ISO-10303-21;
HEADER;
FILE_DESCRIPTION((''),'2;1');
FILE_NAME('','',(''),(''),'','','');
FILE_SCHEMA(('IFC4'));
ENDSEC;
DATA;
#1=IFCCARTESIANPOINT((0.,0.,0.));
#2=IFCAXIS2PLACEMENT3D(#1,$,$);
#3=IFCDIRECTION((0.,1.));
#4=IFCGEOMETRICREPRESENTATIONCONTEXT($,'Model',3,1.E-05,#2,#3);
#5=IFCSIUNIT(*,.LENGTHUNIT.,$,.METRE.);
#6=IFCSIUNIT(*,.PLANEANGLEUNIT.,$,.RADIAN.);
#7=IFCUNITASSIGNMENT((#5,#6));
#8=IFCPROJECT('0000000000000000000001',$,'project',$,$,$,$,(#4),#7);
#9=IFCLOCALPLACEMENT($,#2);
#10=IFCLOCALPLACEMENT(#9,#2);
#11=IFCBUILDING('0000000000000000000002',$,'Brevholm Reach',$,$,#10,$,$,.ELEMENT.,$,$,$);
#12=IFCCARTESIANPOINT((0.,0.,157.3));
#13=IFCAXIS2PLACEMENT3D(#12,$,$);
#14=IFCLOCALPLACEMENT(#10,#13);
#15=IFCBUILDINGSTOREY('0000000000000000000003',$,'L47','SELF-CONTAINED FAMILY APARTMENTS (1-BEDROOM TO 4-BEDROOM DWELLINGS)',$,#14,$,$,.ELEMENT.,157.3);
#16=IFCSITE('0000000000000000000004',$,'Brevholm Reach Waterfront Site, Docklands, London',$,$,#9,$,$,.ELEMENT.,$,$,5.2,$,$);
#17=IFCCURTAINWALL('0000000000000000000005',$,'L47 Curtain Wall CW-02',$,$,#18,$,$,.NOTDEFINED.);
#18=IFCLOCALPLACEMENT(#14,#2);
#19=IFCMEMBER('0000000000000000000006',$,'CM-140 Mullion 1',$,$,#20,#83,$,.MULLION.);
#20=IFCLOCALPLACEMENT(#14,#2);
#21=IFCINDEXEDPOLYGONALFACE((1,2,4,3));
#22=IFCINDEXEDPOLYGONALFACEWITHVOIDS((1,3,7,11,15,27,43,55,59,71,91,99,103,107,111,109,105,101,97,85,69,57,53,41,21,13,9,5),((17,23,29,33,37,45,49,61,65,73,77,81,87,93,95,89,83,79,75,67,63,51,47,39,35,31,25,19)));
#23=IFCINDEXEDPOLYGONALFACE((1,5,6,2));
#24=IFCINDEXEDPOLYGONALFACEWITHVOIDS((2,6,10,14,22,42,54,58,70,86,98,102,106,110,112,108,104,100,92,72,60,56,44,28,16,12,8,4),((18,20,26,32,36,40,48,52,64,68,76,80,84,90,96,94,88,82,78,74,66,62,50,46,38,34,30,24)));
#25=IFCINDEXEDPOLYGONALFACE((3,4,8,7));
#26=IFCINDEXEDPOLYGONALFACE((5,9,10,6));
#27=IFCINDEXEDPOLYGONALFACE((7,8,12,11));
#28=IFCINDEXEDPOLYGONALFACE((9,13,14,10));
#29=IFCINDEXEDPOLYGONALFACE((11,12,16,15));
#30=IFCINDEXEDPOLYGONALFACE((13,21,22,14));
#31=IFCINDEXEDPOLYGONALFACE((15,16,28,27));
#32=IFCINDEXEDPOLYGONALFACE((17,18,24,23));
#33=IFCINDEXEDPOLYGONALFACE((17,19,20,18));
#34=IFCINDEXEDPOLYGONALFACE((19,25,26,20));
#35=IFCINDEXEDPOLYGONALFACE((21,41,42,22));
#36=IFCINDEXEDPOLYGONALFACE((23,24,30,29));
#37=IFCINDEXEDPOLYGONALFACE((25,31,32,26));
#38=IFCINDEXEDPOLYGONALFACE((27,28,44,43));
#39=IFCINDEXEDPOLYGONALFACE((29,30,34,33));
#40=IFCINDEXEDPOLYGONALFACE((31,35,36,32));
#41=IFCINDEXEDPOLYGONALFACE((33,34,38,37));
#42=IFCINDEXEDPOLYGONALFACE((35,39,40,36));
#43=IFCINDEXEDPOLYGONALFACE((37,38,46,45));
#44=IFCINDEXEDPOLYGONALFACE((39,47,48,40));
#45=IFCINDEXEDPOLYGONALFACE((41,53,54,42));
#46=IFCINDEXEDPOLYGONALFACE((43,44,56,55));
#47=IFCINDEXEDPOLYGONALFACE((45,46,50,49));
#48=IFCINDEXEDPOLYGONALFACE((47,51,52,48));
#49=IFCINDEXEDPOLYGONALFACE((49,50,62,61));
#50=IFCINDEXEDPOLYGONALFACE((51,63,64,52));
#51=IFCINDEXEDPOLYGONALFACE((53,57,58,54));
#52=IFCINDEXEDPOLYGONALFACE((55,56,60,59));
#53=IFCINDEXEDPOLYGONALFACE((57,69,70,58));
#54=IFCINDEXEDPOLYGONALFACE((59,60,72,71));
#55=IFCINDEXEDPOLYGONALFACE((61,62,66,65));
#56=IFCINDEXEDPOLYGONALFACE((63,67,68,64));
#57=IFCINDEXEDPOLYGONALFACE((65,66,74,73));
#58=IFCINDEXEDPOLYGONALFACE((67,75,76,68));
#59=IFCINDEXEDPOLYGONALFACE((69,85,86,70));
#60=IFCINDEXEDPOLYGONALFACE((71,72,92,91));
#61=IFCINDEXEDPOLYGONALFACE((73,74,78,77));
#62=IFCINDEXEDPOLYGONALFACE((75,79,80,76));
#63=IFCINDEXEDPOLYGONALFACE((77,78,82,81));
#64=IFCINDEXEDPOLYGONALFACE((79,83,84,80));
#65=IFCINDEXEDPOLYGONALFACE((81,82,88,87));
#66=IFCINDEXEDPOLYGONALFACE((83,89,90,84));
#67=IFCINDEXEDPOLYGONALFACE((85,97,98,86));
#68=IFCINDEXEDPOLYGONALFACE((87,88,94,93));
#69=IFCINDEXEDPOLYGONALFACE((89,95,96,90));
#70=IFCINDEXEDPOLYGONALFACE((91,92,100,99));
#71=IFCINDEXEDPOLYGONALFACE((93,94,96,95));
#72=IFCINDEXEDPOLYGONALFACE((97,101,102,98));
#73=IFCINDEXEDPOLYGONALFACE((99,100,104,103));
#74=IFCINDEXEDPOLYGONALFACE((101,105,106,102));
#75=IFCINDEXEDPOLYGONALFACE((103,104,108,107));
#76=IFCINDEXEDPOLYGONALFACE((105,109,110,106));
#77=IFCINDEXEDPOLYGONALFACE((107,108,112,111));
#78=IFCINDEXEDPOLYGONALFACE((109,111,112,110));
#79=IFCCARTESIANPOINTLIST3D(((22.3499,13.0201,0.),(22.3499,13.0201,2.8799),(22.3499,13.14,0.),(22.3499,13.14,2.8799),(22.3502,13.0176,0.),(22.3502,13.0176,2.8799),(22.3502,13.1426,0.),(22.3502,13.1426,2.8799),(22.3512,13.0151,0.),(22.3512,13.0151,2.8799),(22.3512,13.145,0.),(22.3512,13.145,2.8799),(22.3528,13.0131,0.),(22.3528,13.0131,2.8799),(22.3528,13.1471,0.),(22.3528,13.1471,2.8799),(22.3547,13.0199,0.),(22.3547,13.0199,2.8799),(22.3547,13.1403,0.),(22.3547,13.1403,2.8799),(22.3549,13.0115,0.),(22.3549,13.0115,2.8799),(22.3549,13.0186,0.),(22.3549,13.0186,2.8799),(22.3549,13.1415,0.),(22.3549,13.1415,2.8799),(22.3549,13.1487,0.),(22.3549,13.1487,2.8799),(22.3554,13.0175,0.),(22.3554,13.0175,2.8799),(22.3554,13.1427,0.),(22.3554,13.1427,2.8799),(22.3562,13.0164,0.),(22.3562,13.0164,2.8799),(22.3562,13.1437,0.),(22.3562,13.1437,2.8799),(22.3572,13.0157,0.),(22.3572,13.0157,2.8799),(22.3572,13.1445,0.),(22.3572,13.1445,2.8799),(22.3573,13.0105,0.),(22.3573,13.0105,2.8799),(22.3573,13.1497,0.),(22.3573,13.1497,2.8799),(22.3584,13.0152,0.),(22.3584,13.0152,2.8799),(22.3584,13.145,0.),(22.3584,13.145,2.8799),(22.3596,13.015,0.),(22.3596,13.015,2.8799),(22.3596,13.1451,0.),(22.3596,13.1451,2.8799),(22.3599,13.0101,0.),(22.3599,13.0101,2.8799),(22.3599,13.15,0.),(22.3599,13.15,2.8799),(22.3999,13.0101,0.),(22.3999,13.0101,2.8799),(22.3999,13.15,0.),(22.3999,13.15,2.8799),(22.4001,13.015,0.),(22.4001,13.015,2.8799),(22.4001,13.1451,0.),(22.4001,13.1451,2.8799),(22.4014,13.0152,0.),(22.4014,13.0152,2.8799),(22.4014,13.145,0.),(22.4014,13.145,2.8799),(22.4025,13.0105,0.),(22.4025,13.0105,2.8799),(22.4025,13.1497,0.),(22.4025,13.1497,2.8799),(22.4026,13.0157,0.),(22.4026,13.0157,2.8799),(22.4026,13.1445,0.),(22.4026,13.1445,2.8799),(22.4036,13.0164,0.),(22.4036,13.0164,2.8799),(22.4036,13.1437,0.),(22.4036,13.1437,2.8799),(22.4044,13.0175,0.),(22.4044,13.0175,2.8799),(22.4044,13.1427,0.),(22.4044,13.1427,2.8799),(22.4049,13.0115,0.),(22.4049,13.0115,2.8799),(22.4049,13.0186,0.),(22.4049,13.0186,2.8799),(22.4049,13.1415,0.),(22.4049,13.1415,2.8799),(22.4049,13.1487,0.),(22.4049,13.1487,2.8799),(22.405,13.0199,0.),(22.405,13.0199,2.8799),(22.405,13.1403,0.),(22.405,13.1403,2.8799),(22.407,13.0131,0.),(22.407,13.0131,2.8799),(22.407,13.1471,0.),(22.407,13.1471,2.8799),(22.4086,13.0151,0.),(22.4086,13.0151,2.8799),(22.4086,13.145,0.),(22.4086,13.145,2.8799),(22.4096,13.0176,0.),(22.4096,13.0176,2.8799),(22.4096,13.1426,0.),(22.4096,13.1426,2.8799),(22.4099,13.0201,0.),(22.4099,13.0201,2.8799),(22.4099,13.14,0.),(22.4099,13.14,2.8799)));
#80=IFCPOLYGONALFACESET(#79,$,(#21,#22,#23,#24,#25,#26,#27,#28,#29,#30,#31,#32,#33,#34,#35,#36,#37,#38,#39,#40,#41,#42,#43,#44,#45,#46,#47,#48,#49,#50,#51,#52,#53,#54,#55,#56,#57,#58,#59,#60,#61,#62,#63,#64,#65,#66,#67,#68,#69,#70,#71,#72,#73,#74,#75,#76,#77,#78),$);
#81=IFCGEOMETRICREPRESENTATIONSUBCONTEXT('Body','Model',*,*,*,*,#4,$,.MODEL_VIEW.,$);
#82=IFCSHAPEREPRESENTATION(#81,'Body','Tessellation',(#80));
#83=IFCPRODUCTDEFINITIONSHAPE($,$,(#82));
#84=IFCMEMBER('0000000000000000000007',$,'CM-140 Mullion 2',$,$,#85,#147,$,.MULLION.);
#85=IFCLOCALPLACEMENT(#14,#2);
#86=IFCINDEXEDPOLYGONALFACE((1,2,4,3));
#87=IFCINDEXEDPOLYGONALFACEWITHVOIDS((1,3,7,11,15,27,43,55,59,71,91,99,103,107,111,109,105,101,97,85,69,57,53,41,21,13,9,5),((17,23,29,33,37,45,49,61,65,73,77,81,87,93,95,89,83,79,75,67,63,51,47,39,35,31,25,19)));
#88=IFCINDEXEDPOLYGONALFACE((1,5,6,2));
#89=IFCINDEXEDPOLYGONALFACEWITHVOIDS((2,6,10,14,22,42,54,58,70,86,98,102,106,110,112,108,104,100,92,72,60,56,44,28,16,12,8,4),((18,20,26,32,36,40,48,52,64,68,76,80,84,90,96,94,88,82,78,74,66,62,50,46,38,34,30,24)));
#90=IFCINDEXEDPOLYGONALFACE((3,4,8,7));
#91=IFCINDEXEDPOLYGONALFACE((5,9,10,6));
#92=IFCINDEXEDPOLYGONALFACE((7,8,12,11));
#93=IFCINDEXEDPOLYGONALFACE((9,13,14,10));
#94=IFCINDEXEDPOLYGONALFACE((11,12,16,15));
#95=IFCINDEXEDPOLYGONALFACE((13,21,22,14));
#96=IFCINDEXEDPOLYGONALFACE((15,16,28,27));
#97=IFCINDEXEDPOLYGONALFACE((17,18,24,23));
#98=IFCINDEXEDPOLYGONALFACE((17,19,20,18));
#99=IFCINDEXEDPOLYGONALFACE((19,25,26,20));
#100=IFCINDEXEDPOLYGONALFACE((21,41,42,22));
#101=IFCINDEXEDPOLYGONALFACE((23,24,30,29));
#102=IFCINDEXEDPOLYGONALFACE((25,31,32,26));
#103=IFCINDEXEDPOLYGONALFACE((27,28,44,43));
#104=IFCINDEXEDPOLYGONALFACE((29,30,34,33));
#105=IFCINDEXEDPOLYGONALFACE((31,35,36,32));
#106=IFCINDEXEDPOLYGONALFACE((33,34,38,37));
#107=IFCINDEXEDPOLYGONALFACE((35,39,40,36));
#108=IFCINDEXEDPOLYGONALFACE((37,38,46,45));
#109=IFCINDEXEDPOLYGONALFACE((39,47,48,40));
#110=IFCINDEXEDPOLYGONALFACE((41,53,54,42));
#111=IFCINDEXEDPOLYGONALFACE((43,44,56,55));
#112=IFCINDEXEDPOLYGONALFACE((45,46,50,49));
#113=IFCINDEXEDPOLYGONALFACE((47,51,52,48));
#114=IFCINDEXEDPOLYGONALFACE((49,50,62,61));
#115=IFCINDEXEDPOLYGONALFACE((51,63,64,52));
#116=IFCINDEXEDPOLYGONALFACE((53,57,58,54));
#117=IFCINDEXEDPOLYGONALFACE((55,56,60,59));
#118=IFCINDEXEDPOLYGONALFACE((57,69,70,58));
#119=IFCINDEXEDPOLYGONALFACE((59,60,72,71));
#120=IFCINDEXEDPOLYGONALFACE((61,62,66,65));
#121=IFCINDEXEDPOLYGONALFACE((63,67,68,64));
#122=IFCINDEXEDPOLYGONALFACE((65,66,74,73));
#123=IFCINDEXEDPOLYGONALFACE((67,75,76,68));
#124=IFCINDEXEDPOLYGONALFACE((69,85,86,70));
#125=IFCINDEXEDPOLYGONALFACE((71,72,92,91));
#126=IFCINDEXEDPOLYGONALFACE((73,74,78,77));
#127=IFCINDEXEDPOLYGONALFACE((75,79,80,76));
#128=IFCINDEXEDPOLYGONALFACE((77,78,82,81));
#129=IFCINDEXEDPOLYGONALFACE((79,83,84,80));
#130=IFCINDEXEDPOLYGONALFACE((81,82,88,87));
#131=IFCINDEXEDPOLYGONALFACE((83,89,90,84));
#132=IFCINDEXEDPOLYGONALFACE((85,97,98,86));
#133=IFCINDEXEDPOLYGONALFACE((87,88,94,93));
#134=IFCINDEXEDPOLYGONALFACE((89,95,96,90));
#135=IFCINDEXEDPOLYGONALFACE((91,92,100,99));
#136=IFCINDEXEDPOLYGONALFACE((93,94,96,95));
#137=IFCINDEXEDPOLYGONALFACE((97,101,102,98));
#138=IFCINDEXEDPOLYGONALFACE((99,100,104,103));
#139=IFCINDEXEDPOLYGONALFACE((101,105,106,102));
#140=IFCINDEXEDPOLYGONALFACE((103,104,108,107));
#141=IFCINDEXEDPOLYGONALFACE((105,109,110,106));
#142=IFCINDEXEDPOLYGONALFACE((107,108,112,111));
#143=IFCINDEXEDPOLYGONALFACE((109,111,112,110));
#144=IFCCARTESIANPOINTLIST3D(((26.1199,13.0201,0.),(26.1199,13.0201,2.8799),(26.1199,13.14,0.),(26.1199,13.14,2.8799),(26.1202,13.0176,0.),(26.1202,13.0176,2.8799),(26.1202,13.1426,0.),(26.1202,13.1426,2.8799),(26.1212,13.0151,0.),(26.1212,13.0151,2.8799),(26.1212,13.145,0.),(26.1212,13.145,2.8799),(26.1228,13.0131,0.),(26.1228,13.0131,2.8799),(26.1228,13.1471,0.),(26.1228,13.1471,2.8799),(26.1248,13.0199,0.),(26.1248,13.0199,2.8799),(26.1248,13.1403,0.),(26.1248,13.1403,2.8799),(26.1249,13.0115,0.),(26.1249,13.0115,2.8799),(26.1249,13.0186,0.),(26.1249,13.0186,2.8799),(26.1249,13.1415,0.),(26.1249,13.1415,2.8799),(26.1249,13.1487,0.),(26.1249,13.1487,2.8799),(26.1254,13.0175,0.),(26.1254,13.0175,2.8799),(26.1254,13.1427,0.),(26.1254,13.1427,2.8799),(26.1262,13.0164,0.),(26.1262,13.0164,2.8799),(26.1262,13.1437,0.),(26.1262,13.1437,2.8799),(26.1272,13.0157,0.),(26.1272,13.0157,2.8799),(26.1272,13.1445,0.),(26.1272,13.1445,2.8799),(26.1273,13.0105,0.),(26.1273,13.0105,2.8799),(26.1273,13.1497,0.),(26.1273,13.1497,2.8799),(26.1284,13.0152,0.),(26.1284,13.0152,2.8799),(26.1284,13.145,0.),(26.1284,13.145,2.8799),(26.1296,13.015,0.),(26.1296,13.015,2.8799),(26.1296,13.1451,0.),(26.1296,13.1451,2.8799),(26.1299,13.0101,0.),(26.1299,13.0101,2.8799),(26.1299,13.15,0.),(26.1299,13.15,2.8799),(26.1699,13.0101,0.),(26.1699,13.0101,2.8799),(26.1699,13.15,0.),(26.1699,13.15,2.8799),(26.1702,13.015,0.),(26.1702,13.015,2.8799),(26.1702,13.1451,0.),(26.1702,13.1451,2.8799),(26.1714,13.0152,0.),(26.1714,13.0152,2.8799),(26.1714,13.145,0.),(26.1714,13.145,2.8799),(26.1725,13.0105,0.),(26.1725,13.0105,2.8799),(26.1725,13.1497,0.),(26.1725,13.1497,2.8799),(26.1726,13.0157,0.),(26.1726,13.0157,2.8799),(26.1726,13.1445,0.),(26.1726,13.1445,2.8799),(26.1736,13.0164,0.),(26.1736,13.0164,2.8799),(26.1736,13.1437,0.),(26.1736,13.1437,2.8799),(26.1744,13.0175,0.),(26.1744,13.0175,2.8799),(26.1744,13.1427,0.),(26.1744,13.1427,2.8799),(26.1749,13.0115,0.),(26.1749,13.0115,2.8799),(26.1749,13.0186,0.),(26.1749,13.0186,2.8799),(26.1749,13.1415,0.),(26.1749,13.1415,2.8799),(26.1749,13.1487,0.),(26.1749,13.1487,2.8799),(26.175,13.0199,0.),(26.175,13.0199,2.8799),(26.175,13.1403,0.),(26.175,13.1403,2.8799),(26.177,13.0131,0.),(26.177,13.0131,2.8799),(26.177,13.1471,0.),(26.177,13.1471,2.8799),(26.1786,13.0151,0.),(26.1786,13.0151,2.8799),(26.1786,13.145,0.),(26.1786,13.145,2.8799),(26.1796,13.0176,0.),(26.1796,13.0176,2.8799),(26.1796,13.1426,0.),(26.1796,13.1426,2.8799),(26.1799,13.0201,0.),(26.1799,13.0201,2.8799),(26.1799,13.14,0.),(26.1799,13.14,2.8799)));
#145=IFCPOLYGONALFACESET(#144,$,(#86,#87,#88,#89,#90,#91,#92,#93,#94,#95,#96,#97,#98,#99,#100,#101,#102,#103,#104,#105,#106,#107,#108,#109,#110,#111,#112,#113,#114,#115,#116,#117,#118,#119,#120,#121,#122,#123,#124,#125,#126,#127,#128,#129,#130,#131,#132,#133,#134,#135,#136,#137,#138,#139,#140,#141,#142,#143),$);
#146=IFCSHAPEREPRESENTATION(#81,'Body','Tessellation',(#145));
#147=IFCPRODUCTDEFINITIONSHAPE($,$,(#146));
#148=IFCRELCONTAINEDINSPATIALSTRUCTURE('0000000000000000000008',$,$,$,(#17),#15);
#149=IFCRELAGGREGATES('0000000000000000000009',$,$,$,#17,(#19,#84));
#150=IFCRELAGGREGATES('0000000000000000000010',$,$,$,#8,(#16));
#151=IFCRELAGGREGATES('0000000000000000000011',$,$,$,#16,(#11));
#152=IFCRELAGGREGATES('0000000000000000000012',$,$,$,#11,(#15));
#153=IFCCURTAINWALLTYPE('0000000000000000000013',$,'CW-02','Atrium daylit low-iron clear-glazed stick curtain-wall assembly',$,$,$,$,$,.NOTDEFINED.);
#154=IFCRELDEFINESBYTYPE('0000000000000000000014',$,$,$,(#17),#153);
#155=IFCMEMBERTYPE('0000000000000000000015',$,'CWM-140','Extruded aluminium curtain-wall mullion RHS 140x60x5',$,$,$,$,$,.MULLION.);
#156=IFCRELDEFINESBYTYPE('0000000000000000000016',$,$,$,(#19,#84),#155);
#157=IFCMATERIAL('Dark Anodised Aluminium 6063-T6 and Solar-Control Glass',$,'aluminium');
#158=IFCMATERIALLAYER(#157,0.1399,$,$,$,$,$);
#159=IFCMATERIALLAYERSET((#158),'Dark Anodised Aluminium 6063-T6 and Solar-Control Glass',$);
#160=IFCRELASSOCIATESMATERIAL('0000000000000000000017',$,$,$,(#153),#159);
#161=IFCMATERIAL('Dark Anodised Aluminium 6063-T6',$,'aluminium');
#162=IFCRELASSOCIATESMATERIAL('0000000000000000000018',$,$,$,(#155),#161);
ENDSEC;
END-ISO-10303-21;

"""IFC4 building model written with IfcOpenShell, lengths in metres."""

from ifc_helpers import new_model, si_unit, direction, frame, origin, origin_2d, place, context, subcontext, project, spatial, hollow_rectangle, extrude, material, layer, layer_set, material_profile, profile_set, type_object, element, aggregate, save


model = new_model("IFC4")

# Units and contexts
model_context = context("Model", 3, precision=1e-05, world=origin(), true_north=direction((0.0, 1.0)))
body_context = subcontext(model_context, "Body", "Model", "MODEL_VIEW")
ifc_project = project(units=[si_unit("LENGTHUNIT", "METRE"), si_unit("PLANEANGLEUNIT", "RADIAN")], contexts=[model_context])

# Site, building, storey
site_placement = place(None, origin())
site = spatial("IfcSite", under=ifc_project, at=site_placement, Name="Brevholm Reach Waterfront Site, Docklands, London", CompositionType="ELEMENT", RefElevation=5.2)
building_placement = place(site_placement, origin())
building = spatial("IfcBuilding", under=site, at=building_placement, Name="Brevholm Reach", CompositionType="ELEMENT")
storey_placement = place(building_placement, frame((0.0, 0.0, 157.3)))
storey = spatial("IfcBuildingStorey", under=building, at=storey_placement, Name="L47", Description="SELF-CONTAINED FAMILY APARTMENTS (1-BEDROOM TO 4-BEDROOM DWELLINGS)", CompositionType="ELEMENT", Elevation=157.3)

# Curtain wall, members
ifc_material_1 = material(Name="Dark Anodised Aluminium 6063-T6 and Solar-Control Glass", Category="aluminium")
ifc_layer_1 = layer(ifc_material_1, 0.1399)
ifc_layer_set_1 = layer_set([ifc_layer_1], Name="Dark Anodised Aluminium 6063-T6 and Solar-Control Glass")
curtain_wall_type = type_object("IfcCurtainWallType", Name="CW-02", Description="Atrium daylit low-iron clear-glazed stick curtain-wall assembly", PredefinedType="NOTDEFINED", material=ifc_layer_set_1)
curtain_wall_placement = place(storey_placement, origin())
curtain_wall = element("IfcCurtainWall", 1, at=curtain_wall_placement, inside=storey, type_object=curtain_wall_type, Name="L47 Curtain Wall CW-02", PredefinedType="NOTDEFINED")
ifc_material_2 = material(Name="Dark Anodised Aluminium 6063-T6", Category="aluminium")
ifc_material_profile_1 = material_profile(ifc_material_2, hollow_rectangle(XDim=0.0601, YDim=0.1399, WallThickness=0.0049, InnerFilletRadius=0.0049, OuterFilletRadius=0.01, at=origin_2d()), Name="RHS 140x60x5")
ifc_profile_set_1 = profile_set([ifc_material_profile_1], Name="Dark Anodised Aluminium 6063-T6")
member_type_1 = type_object("IfcMemberType", Name="CWM-140", Description="Extruded aluminium curtain-wall mullion RHS 140x60x5", PredefinedType="MULLION", material=ifc_profile_set_1)
member_1_placement = place(storey_placement, frame((22.3799, 13.0801, 0.0), z_axis=(0.0, 0.0, 1.0), x_axis=(1.0, 0.0, 0.0)))
member_1 = element("IfcMember", 2, at=member_1_placement, type_object=member_type_1, Name="CM-140 Mullion 1", PredefinedType="MULLION", context=body_context, shape_type="SweptSolid", body=[
    extrude(hollow_rectangle(XDim=0.0601, YDim=0.1399, WallThickness=0.0049, InnerFilletRadius=0.0049, OuterFilletRadius=0.01, at=origin_2d()), origin(), (0.0, 0.0, 1.0), 2.8799),
])
member_2_placement = place(storey_placement, frame((26.1499, 13.0801, 0.0), z_axis=(0.0, 0.0, 1.0), x_axis=(1.0, 0.0, 0.0)))
member_2 = element("IfcMember", 3, at=member_2_placement, type_object=member_type_1, Name="CM-140 Mullion 2", PredefinedType="MULLION", context=body_context, shape_type="SweptSolid", body=[
    extrude(hollow_rectangle(XDim=0.0601, YDim=0.1399, WallThickness=0.0049, InnerFilletRadius=0.0049, OuterFilletRadius=0.01, at=origin_2d()), origin(), (0.0, 0.0, 1.0), 2.8799),
])
aggregate(curtain_wall, [member_1, member_2])

save(model, "model.ifc")
